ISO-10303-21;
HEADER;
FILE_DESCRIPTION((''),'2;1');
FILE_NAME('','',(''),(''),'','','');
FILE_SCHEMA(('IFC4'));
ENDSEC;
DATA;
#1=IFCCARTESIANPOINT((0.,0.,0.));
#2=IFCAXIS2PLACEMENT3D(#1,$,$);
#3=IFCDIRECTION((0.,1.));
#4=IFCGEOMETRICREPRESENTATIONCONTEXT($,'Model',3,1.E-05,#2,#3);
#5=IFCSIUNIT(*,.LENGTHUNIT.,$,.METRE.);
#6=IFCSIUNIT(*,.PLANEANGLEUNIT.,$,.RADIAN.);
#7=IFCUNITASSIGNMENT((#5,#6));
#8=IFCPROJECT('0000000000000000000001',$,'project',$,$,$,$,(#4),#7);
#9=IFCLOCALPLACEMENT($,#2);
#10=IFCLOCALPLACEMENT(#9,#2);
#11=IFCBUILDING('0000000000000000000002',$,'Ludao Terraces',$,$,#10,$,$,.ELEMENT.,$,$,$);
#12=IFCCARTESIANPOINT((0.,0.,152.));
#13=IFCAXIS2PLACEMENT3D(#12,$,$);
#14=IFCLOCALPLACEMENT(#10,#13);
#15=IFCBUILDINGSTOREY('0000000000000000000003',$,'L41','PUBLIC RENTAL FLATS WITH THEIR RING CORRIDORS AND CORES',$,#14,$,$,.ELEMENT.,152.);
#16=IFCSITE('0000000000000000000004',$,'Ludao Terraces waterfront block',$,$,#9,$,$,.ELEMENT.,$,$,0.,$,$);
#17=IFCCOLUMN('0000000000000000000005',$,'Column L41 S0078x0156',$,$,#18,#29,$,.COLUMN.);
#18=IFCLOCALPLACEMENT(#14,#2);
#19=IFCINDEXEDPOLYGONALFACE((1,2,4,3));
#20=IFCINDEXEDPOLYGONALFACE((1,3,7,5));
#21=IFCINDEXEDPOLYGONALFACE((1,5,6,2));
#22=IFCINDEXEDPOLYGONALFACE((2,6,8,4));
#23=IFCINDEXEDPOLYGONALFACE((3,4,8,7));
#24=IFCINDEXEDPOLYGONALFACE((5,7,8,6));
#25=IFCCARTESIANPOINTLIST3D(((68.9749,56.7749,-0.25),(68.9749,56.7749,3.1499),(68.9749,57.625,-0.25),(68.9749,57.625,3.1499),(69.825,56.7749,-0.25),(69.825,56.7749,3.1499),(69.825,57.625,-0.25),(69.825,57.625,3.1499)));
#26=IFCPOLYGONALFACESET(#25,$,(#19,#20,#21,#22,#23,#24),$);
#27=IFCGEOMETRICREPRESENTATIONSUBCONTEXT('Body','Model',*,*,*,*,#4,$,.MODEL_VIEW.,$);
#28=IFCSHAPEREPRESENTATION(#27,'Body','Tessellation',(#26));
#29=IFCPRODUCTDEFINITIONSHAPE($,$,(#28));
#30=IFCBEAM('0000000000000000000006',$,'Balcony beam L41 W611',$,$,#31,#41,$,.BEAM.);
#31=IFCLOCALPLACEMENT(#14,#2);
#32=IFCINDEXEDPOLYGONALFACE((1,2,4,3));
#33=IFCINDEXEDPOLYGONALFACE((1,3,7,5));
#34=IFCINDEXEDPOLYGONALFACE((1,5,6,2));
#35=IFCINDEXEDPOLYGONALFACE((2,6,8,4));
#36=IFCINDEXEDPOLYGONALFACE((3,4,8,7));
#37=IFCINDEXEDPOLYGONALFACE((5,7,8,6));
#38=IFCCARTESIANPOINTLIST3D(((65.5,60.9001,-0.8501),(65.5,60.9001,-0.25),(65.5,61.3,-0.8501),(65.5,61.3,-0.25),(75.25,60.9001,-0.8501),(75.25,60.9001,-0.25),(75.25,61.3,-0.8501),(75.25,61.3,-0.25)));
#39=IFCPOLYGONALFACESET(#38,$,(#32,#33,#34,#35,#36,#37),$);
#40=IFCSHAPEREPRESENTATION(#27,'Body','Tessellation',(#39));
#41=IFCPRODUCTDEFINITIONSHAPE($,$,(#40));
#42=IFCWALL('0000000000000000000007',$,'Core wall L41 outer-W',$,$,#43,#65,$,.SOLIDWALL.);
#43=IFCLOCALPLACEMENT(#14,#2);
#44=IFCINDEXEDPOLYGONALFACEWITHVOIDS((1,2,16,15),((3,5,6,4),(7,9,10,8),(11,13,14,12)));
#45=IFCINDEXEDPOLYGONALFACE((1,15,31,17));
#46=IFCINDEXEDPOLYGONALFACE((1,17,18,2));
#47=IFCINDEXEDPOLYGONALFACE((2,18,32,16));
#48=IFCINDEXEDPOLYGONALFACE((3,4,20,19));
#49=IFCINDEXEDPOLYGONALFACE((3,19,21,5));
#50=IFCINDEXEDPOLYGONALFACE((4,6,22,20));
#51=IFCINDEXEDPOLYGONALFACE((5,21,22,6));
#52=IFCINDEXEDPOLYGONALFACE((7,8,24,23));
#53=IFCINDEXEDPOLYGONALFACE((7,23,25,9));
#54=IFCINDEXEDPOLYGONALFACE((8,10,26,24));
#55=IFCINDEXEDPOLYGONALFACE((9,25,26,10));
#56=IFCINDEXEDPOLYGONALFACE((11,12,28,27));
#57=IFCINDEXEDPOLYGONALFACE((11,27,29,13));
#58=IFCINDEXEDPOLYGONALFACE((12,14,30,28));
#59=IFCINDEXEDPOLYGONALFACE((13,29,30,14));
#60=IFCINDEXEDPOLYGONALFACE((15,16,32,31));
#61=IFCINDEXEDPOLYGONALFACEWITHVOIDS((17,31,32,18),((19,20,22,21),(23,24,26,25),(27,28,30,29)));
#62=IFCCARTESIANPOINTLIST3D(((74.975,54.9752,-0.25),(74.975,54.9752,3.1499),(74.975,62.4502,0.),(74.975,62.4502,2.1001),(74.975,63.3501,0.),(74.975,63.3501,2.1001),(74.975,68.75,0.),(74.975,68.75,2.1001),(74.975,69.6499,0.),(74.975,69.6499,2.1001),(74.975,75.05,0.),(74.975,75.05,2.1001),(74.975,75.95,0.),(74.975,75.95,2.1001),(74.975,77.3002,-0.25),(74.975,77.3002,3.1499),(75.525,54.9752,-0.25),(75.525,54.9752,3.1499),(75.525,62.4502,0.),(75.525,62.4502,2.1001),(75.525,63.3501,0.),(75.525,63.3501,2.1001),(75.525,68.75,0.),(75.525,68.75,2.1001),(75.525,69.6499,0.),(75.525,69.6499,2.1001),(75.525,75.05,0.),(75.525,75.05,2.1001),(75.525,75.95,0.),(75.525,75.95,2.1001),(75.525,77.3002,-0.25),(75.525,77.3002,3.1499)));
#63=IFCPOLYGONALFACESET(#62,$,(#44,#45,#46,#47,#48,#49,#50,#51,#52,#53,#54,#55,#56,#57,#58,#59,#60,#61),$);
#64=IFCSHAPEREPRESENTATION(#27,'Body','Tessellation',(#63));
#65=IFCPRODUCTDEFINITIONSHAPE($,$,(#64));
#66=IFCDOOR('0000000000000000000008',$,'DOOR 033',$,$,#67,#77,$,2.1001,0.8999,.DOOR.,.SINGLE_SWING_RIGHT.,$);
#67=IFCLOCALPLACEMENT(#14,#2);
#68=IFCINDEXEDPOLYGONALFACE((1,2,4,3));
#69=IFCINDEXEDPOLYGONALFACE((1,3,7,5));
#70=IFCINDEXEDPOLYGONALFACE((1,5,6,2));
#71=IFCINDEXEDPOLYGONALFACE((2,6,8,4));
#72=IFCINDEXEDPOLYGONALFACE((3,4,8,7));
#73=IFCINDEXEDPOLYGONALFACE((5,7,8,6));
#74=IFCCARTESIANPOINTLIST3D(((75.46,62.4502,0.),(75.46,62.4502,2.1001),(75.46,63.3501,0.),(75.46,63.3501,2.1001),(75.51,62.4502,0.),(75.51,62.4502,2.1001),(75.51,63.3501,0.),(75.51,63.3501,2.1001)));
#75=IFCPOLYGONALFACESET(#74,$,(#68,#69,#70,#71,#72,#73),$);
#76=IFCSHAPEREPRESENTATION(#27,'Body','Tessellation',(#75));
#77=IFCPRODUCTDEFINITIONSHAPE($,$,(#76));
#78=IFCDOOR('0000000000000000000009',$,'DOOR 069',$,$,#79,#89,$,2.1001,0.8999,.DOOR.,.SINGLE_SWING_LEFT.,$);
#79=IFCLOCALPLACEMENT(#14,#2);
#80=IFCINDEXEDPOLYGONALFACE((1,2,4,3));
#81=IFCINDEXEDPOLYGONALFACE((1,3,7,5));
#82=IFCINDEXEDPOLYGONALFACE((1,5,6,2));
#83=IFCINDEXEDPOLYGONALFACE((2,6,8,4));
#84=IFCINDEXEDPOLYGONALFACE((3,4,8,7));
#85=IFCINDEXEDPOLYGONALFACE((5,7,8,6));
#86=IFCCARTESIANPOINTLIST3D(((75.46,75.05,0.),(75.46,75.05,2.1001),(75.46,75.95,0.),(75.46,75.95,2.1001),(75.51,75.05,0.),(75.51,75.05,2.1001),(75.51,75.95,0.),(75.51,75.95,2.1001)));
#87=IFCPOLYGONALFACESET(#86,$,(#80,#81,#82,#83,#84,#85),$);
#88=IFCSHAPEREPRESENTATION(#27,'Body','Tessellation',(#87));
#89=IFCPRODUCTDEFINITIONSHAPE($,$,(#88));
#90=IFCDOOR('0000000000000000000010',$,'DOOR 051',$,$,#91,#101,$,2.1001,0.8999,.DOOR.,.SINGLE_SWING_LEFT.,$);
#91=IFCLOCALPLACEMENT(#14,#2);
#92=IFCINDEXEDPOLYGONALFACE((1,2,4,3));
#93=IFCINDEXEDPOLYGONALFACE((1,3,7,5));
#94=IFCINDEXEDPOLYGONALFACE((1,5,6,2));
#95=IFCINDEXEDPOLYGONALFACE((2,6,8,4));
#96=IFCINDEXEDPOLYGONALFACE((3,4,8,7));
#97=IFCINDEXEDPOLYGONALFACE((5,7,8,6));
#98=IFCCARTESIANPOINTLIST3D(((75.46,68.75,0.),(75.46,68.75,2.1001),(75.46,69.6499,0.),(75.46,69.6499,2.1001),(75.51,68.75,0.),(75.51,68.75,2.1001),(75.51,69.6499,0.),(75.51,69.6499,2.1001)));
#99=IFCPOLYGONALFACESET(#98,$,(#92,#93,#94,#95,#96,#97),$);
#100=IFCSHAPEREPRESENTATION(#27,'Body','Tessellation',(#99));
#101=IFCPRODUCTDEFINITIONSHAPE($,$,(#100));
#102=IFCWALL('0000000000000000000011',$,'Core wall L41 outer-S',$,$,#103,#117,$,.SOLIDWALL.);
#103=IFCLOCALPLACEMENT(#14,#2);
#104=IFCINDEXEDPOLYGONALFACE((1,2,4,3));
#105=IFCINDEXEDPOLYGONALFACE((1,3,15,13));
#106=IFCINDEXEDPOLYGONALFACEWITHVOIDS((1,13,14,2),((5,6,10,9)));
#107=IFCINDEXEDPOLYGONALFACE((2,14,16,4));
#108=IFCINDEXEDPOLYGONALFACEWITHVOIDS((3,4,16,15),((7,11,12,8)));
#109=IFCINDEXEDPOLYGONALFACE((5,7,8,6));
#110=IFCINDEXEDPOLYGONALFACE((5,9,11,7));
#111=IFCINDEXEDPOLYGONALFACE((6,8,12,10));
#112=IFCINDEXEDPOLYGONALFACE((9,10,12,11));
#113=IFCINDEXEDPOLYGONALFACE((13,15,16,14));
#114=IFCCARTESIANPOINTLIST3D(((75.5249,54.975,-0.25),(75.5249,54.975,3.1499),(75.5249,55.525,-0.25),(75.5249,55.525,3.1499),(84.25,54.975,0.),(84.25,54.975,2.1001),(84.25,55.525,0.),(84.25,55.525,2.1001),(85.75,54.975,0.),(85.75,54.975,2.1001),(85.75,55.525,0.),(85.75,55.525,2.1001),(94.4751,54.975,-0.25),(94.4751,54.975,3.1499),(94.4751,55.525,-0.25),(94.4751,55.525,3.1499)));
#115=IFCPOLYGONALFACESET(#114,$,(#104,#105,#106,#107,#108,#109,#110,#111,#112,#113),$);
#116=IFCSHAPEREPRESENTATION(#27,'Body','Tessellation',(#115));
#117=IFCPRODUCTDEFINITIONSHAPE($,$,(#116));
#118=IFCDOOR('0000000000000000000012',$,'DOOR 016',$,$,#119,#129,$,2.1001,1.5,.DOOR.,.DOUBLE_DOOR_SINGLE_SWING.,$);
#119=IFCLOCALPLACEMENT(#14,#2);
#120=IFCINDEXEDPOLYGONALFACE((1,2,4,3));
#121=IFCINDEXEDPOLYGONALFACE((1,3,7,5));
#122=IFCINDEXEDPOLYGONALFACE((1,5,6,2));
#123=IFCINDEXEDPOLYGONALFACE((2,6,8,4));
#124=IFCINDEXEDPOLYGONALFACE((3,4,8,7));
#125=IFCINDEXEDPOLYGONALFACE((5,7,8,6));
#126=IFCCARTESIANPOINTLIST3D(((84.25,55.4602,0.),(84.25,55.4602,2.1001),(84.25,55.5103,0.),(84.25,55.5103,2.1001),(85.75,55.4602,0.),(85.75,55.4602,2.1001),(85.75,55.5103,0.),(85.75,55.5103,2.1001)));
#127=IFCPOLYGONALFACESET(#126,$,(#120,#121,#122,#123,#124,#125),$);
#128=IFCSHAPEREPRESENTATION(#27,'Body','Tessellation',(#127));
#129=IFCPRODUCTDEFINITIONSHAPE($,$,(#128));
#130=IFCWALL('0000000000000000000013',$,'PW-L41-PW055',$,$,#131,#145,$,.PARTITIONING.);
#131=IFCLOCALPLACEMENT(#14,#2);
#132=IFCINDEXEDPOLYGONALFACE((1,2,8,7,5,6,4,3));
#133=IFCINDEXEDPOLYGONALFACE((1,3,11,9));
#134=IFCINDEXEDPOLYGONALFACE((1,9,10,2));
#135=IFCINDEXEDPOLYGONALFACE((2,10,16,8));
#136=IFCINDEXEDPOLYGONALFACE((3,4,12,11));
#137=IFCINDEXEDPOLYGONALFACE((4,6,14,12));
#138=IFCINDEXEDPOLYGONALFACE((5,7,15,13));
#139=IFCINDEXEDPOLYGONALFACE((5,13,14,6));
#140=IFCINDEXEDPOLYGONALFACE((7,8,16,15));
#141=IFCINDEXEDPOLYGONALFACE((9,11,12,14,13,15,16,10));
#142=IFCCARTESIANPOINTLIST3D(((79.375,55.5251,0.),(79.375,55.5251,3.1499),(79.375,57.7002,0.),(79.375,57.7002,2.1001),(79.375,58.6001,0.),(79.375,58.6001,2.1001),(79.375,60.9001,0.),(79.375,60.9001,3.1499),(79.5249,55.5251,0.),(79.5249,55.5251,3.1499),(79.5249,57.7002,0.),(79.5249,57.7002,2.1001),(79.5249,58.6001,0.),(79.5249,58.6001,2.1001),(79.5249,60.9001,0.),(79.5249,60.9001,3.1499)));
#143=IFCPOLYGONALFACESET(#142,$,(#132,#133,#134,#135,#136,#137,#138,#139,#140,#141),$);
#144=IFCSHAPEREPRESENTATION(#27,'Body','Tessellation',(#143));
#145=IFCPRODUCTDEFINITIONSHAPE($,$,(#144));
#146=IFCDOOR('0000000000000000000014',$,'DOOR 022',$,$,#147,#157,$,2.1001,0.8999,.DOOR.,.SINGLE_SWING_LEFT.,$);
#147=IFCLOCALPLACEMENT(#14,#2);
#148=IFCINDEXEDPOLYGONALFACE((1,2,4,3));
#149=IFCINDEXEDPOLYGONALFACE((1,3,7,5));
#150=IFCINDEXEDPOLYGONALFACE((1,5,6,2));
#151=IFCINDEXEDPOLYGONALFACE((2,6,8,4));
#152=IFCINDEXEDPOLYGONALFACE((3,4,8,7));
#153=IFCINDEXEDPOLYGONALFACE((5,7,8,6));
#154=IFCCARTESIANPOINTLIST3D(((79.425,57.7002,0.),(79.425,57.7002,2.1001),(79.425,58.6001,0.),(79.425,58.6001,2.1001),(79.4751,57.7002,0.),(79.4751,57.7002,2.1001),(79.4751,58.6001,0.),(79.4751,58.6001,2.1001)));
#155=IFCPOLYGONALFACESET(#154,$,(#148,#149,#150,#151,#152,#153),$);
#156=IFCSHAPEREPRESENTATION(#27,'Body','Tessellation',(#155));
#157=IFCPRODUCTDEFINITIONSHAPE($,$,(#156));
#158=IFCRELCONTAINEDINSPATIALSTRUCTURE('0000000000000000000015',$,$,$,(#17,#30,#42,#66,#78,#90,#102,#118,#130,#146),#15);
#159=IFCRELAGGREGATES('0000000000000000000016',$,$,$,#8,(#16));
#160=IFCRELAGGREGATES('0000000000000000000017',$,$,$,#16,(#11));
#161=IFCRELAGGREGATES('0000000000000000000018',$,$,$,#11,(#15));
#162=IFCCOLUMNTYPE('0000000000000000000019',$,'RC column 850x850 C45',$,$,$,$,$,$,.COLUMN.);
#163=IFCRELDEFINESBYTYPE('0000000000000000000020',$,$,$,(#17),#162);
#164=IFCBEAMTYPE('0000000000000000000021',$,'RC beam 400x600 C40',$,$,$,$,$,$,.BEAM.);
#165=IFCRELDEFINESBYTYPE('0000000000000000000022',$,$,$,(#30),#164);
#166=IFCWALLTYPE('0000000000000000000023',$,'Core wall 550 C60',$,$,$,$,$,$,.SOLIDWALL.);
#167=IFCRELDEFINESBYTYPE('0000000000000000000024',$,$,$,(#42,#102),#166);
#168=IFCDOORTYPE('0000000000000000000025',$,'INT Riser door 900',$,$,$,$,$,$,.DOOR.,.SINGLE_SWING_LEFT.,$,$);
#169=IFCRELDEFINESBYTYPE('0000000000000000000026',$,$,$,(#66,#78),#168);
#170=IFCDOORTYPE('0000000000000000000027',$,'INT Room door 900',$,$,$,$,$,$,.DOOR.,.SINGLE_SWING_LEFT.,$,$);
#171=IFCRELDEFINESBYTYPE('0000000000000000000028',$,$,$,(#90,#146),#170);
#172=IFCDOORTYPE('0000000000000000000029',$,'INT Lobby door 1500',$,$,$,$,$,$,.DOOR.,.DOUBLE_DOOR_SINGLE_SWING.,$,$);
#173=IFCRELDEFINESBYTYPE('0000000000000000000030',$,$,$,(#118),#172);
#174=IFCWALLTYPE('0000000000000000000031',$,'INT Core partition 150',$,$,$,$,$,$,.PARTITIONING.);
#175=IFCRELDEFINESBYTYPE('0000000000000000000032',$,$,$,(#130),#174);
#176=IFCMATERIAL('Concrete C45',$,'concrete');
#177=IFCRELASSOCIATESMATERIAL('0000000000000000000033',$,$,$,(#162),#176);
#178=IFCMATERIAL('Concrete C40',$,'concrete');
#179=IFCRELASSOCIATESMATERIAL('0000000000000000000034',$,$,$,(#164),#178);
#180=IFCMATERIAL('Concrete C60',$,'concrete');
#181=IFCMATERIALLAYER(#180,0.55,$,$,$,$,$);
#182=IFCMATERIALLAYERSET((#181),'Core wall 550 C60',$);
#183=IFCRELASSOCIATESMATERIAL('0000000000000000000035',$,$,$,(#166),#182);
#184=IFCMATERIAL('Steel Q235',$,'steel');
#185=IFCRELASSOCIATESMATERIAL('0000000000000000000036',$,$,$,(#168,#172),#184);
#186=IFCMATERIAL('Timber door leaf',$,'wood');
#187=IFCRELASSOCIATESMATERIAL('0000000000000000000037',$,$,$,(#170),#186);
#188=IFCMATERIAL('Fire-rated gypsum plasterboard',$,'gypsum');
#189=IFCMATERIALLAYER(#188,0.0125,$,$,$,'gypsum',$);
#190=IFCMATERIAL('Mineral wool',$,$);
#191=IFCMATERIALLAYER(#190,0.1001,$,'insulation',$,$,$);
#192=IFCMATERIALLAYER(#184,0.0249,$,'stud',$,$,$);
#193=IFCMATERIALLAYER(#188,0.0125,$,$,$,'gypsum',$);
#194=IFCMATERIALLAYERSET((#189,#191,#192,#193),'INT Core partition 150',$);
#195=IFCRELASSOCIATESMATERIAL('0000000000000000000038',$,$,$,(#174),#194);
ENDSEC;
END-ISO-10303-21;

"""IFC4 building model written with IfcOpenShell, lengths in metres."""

from ifc_helpers import new_model, si_unit, direction, frame, frame_2d, origin, origin_2d, place, context, subcontext, project, spatial, rectangle, extrude, material, layer, layer_set, material_profile, profile_set, type_object, element, fill, save


model = new_model("IFC4")

# Units and contexts
model_context = context("Model", 3, precision=1e-05, world=origin(), true_north=direction((0.0, 1.0)))
body_context = subcontext(model_context, "Body", "Model", "MODEL_VIEW")
ifc_project = project(units=[si_unit("LENGTHUNIT", "METRE"), si_unit("PLANEANGLEUNIT", "RADIAN")], contexts=[model_context])

# Site, building, storey
site_placement = place(None, origin())
site = spatial("IfcSite", under=ifc_project, at=site_placement, Name="Ludao Terraces waterfront block", CompositionType="ELEMENT", RefElevation=0.0)
building_placement = place(site_placement, origin())
building = spatial("IfcBuilding", under=site, at=building_placement, Name="Ludao Terraces", CompositionType="ELEMENT")
storey_placement = place(building_placement, frame((0.0, 0.0, 152.0)))
storey = spatial("IfcBuildingStorey", under=building, at=storey_placement, Name="L41", Description="PUBLIC RENTAL FLATS WITH THEIR RING CORRIDORS AND CORES", CompositionType="ELEMENT", Elevation=152.0)

# Column
ifc_material_1 = material(Name="Concrete C45", Category="concrete")
ifc_material_profile_1 = material_profile(ifc_material_1, rectangle(XDim=0.8501, YDim=0.8501, at=origin_2d()), Name="850 X 850")
ifc_profile_set_1 = profile_set([ifc_material_profile_1], Name="Concrete C45")
column_type = type_object("IfcColumnType", Name="RC column 850x850 C45", PredefinedType="COLUMN", material=ifc_profile_set_1)
column_placement = place(storey_placement, frame((69.3999, 57.2, -0.25), z_axis=(0.0, 0.0, 1.0), x_axis=(1.0, 0.0, 0.0)))
element("IfcColumn", 1, at=column_placement, inside=storey, type_object=column_type, Name="Column L41 S0078x0156", PredefinedType="COLUMN", context=body_context, shape_type="SweptSolid", body=[
    extrude(rectangle(XDim=0.8501, YDim=0.8501, at=origin_2d()), origin(), (0.0, 0.0, 1.0), 3.3999),
])

# Beam
ifc_material_2 = material(Name="Concrete C40", Category="concrete")
ifc_material_profile_2 = material_profile(ifc_material_2, rectangle(XDim=0.3999, YDim=0.6001, at=origin_2d()), Name="400 X 600")
ifc_profile_set_2 = profile_set([ifc_material_profile_2], Name="Concrete C40")
beam_type = type_object("IfcBeamType", Name="RC beam 400x600 C40", PredefinedType="BEAM", material=ifc_profile_set_2)
beam_placement = place(storey_placement, frame((75.25, 61.1001, -0.55), z_axis=(-1.0, 0.0, 0.0), x_axis=(0.0, -1.0, 0.0)))
element("IfcBeam", 2, at=beam_placement, inside=storey, type_object=beam_type, Name="Balcony beam L41 W611", PredefinedType="BEAM", context=body_context, shape_type="SweptSolid", body=[
    extrude(rectangle(XDim=0.3999, YDim=0.6001, at=origin_2d()), origin(), (0.0, 0.0, 1.0), 9.75),
])

# Wall, openings, doors
ifc_material_3 = material(Name="Concrete C60", Category="concrete")
ifc_layer_1 = layer(ifc_material_3, 0.55)
ifc_layer_set_1 = layer_set([ifc_layer_1], Name="Core wall 550 C60")
wall_type_1 = type_object("IfcWallType", Name="Core wall 550 C60", PredefinedType="SOLIDWALL", material=ifc_layer_set_1)
wall_1_placement = place(storey_placement, frame((75.25, 54.9751, -0.25), z_axis=(0.0, 0.0, 1.0), x_axis=(0.0, 1.0, 0.0)))
wall_1 = element("IfcWall", 3, at=wall_1_placement, inside=storey, type_object=wall_type_1, Name="Core wall L41 outer-W", PredefinedType="SOLIDWALL", context=body_context, shape_type="SweptSolid", body=[
    extrude(rectangle(XDim=22.325, YDim=0.55, at=frame_2d((11.1626, 0.0))), origin(), (0.0, 0.0, 1.0), 3.3999),
])
opening_1_placement = place(wall_1_placement, frame((7.4751, 0.0, 0.25)))
opening_1 = element("IfcOpeningElement", 4, at=opening_1_placement, cuts=wall_1, PredefinedType="OPENING", context=body_context, shape_type="SweptSolid", body=[
    extrude(rectangle(XDim=0.8999, YDim=2.1001, at=frame_2d((0.45, 1.05))), frame((0.0, 0.2852, 0.0), z_axis=(0.0, -1.0, 0.0), x_axis=(1.0, 0.0, 0.0)), (0.0, 0.0, 1.0), 0.5701),
])
opening_2_placement = place(wall_1_placement, frame((13.7749, 0.0, 0.25)))
opening_2 = element("IfcOpeningElement", 5, at=opening_2_placement, cuts=wall_1, PredefinedType="OPENING", context=body_context, shape_type="SweptSolid", body=[
    extrude(rectangle(XDim=0.8999, YDim=2.1001, at=frame_2d((0.45, 1.05))), frame((0.0, 0.2852, 0.0), z_axis=(0.0, -1.0, 0.0), x_axis=(1.0, 0.0, 0.0)), (0.0, 0.0, 1.0), 0.5701),
])
opening_3_placement = place(wall_1_placement, frame((20.075, 0.0, 0.25)))
opening_3 = element("IfcOpeningElement", 6, at=opening_3_placement, cuts=wall_1, PredefinedType="OPENING", context=body_context, shape_type="SweptSolid", body=[
    extrude(rectangle(XDim=0.8999, YDim=2.1001, at=frame_2d((0.45, 1.05))), frame((0.0, 0.2852, 0.0), z_axis=(0.0, -1.0, 0.0), x_axis=(1.0, 0.0, 0.0)), (0.0, 0.0, 1.0), 0.5701),
])
ifc_material_4 = material(Name="Steel Q235", Category="steel")
door_type_1 = type_object("IfcDoorType", Name="INT Riser door 900", OperationType="SINGLE_SWING_LEFT", PredefinedType="DOOR", material=ifc_material_4)
door_1_placement = place(opening_1_placement, origin())
door_1 = element("IfcDoor", 7, at=door_1_placement, inside=storey, type_object=door_type_1, Name="DOOR 033", OperationType="SINGLE_SWING_RIGHT", OverallHeight=2.1001, OverallWidth=0.8999, PredefinedType="DOOR", context=body_context, shape_type="SweptSolid", body=[
    extrude(rectangle(XDim=0.8999, YDim=2.1001, at=frame_2d((0.45, 1.05))), frame((0.0, -0.21, 0.0), z_axis=(0.0, -1.0, 0.0), x_axis=(1.0, 0.0, 0.0)), (0.0, 0.0, 1.0), 0.05),
])
fill(opening_1, door_1)
door_2_placement = place(opening_3_placement, origin())
door_2 = element("IfcDoor", 8, at=door_2_placement, inside=storey, type_object=door_type_1, Name="DOOR 069", OperationType="SINGLE_SWING_LEFT", OverallHeight=2.1001, OverallWidth=0.8999, PredefinedType="DOOR", context=body_context, shape_type="SweptSolid", body=[
    extrude(rectangle(XDim=0.8999, YDim=2.1001, at=frame_2d((0.45, 1.05))), frame((0.0, -0.21, 0.0), z_axis=(0.0, -1.0, 0.0), x_axis=(1.0, 0.0, 0.0)), (0.0, 0.0, 1.0), 0.05),
])
fill(opening_3, door_2)
ifc_material_5 = material(Name="Timber door leaf", Category="wood")
door_type_2 = type_object("IfcDoorType", Name="INT Room door 900", OperationType="SINGLE_SWING_LEFT", PredefinedType="DOOR", material=ifc_material_5)
door_3_placement = place(opening_2_placement, origin())
door_3 = element("IfcDoor", 9, at=door_3_placement, inside=storey, type_object=door_type_2, Name="DOOR 051", OperationType="SINGLE_SWING_LEFT", OverallHeight=2.1001, OverallWidth=0.8999, PredefinedType="DOOR", context=body_context, shape_type="SweptSolid", body=[
    extrude(rectangle(XDim=0.8999, YDim=2.1001, at=frame_2d((0.45, 1.05))), frame((0.0, -0.21, 0.0), z_axis=(0.0, -1.0, 0.0), x_axis=(1.0, 0.0, 0.0)), (0.0, 0.0, 1.0), 0.05),
])
fill(opening_2, door_3)

# Walls, openings, doors
wall_2_placement = place(storey_placement, frame((75.5249, 55.25, -0.25), z_axis=(0.0, 0.0, 1.0), x_axis=(1.0, 0.0, 0.0)))
wall_2 = element("IfcWall", 10, at=wall_2_placement, inside=storey, type_object=wall_type_1, Name="Core wall L41 outer-S", PredefinedType="SOLIDWALL", context=body_context, shape_type="SweptSolid", body=[
    extrude(rectangle(XDim=18.9502, YDim=0.55, at=frame_2d((9.4751, 0.0))), origin(), (0.0, 0.0, 1.0), 3.3999),
])
opening_4_placement = place(wall_2_placement, frame((8.7251, 0.0, 0.25)))
opening_4 = element("IfcOpeningElement", 11, at=opening_4_placement, cuts=wall_2, PredefinedType="OPENING", context=body_context, shape_type="SweptSolid", body=[
    extrude(rectangle(XDim=1.5, YDim=2.1001, at=frame_2d((0.75, 1.05))), frame((0.0, 0.2852, 0.0), z_axis=(0.0, -1.0, 0.0), x_axis=(1.0, 0.0, 0.0)), (0.0, 0.0, 1.0), 0.5701),
])
door_type_3 = type_object("IfcDoorType", Name="INT Lobby door 1500", OperationType="DOUBLE_DOOR_SINGLE_SWING", PredefinedType="DOOR", material=ifc_material_4)
door_4_placement = place(opening_4_placement, origin())
door_4 = element("IfcDoor", 12, at=door_4_placement, inside=storey, type_object=door_type_3, Name="DOOR 016", OperationType="DOUBLE_DOOR_SINGLE_SWING", OverallHeight=2.1001, OverallWidth=1.5, PredefinedType="DOOR", context=body_context, shape_type="SweptSolid", body=[
    extrude(rectangle(XDim=1.5, YDim=2.1001, at=frame_2d((0.75, 1.05))), frame((0.0, 0.2603, 0.0), z_axis=(0.0, -1.0, 0.0), x_axis=(1.0, 0.0, 0.0)), (0.0, 0.0, 1.0), 0.05),
])
fill(opening_4, door_4)
ifc_material_6 = material(Name="Fire-rated gypsum plasterboard", Category="gypsum")
ifc_layer_2 = layer(ifc_material_6, 0.0125, Category="gypsum")
ifc_material_7 = material(Name="Mineral wool")
ifc_layer_3 = layer(ifc_material_7, 0.1001, Name="insulation")
ifc_layer_4 = layer(ifc_material_4, 0.0249, Name="stud")
ifc_layer_5 = layer(ifc_material_6, 0.0125, Category="gypsum")
ifc_layer_set_2 = layer_set([ifc_layer_2, ifc_layer_3, ifc_layer_4, ifc_layer_5], Name="INT Core partition 150")
wall_type_2 = type_object("IfcWallType", Name="INT Core partition 150", PredefinedType="PARTITIONING", material=ifc_layer_set_2)
wall_3_placement = place(storey_placement, frame((79.45, 55.5251, 0.0), z_axis=(0.0, 0.0, 1.0), x_axis=(0.0, 1.0, 0.0)))
wall_3 = element("IfcWall", 13, at=wall_3_placement, inside=storey, type_object=wall_type_2, Name="PW-L41-PW055", PredefinedType="PARTITIONING", context=body_context, shape_type="SweptSolid", body=[
    extrude(rectangle(XDim=5.375, YDim=0.1499, at=frame_2d((2.6875, 0.0))), origin(), (0.0, 0.0, 1.0), 3.1499),
])
opening_5_placement = place(wall_3_placement, frame((2.175, 0.0, 0.0)))
opening_5 = element("IfcOpeningElement", 14, at=opening_5_placement, cuts=wall_3, PredefinedType="OPENING", context=body_context, shape_type="SweptSolid", body=[
    extrude(rectangle(XDim=0.8999, YDim=2.1001, at=frame_2d((0.45, 1.05))), frame((0.0, 0.085, 0.0), z_axis=(0.0, -1.0, 0.0), x_axis=(1.0, 0.0, 0.0)), (0.0, 0.0, 1.0), 0.1699),
])
door_5_placement = place(opening_5_placement, origin())
door_5 = element("IfcDoor", 15, at=door_5_placement, inside=storey, type_object=door_type_2, Name="DOOR 022", OperationType="SINGLE_SWING_LEFT", OverallHeight=2.1001, OverallWidth=0.8999, PredefinedType="DOOR", context=body_context, shape_type="SweptSolid", body=[
    extrude(rectangle(XDim=0.8999, YDim=2.1001, at=frame_2d((0.45, 1.05))), frame((0.0, 0.0249, 0.0), z_axis=(0.0, -1.0, 0.0), x_axis=(1.0, 0.0, 0.0)), (0.0, 0.0, 1.0), 0.05),
])
fill(opening_5, door_5)

save(model, "model.ifc")
